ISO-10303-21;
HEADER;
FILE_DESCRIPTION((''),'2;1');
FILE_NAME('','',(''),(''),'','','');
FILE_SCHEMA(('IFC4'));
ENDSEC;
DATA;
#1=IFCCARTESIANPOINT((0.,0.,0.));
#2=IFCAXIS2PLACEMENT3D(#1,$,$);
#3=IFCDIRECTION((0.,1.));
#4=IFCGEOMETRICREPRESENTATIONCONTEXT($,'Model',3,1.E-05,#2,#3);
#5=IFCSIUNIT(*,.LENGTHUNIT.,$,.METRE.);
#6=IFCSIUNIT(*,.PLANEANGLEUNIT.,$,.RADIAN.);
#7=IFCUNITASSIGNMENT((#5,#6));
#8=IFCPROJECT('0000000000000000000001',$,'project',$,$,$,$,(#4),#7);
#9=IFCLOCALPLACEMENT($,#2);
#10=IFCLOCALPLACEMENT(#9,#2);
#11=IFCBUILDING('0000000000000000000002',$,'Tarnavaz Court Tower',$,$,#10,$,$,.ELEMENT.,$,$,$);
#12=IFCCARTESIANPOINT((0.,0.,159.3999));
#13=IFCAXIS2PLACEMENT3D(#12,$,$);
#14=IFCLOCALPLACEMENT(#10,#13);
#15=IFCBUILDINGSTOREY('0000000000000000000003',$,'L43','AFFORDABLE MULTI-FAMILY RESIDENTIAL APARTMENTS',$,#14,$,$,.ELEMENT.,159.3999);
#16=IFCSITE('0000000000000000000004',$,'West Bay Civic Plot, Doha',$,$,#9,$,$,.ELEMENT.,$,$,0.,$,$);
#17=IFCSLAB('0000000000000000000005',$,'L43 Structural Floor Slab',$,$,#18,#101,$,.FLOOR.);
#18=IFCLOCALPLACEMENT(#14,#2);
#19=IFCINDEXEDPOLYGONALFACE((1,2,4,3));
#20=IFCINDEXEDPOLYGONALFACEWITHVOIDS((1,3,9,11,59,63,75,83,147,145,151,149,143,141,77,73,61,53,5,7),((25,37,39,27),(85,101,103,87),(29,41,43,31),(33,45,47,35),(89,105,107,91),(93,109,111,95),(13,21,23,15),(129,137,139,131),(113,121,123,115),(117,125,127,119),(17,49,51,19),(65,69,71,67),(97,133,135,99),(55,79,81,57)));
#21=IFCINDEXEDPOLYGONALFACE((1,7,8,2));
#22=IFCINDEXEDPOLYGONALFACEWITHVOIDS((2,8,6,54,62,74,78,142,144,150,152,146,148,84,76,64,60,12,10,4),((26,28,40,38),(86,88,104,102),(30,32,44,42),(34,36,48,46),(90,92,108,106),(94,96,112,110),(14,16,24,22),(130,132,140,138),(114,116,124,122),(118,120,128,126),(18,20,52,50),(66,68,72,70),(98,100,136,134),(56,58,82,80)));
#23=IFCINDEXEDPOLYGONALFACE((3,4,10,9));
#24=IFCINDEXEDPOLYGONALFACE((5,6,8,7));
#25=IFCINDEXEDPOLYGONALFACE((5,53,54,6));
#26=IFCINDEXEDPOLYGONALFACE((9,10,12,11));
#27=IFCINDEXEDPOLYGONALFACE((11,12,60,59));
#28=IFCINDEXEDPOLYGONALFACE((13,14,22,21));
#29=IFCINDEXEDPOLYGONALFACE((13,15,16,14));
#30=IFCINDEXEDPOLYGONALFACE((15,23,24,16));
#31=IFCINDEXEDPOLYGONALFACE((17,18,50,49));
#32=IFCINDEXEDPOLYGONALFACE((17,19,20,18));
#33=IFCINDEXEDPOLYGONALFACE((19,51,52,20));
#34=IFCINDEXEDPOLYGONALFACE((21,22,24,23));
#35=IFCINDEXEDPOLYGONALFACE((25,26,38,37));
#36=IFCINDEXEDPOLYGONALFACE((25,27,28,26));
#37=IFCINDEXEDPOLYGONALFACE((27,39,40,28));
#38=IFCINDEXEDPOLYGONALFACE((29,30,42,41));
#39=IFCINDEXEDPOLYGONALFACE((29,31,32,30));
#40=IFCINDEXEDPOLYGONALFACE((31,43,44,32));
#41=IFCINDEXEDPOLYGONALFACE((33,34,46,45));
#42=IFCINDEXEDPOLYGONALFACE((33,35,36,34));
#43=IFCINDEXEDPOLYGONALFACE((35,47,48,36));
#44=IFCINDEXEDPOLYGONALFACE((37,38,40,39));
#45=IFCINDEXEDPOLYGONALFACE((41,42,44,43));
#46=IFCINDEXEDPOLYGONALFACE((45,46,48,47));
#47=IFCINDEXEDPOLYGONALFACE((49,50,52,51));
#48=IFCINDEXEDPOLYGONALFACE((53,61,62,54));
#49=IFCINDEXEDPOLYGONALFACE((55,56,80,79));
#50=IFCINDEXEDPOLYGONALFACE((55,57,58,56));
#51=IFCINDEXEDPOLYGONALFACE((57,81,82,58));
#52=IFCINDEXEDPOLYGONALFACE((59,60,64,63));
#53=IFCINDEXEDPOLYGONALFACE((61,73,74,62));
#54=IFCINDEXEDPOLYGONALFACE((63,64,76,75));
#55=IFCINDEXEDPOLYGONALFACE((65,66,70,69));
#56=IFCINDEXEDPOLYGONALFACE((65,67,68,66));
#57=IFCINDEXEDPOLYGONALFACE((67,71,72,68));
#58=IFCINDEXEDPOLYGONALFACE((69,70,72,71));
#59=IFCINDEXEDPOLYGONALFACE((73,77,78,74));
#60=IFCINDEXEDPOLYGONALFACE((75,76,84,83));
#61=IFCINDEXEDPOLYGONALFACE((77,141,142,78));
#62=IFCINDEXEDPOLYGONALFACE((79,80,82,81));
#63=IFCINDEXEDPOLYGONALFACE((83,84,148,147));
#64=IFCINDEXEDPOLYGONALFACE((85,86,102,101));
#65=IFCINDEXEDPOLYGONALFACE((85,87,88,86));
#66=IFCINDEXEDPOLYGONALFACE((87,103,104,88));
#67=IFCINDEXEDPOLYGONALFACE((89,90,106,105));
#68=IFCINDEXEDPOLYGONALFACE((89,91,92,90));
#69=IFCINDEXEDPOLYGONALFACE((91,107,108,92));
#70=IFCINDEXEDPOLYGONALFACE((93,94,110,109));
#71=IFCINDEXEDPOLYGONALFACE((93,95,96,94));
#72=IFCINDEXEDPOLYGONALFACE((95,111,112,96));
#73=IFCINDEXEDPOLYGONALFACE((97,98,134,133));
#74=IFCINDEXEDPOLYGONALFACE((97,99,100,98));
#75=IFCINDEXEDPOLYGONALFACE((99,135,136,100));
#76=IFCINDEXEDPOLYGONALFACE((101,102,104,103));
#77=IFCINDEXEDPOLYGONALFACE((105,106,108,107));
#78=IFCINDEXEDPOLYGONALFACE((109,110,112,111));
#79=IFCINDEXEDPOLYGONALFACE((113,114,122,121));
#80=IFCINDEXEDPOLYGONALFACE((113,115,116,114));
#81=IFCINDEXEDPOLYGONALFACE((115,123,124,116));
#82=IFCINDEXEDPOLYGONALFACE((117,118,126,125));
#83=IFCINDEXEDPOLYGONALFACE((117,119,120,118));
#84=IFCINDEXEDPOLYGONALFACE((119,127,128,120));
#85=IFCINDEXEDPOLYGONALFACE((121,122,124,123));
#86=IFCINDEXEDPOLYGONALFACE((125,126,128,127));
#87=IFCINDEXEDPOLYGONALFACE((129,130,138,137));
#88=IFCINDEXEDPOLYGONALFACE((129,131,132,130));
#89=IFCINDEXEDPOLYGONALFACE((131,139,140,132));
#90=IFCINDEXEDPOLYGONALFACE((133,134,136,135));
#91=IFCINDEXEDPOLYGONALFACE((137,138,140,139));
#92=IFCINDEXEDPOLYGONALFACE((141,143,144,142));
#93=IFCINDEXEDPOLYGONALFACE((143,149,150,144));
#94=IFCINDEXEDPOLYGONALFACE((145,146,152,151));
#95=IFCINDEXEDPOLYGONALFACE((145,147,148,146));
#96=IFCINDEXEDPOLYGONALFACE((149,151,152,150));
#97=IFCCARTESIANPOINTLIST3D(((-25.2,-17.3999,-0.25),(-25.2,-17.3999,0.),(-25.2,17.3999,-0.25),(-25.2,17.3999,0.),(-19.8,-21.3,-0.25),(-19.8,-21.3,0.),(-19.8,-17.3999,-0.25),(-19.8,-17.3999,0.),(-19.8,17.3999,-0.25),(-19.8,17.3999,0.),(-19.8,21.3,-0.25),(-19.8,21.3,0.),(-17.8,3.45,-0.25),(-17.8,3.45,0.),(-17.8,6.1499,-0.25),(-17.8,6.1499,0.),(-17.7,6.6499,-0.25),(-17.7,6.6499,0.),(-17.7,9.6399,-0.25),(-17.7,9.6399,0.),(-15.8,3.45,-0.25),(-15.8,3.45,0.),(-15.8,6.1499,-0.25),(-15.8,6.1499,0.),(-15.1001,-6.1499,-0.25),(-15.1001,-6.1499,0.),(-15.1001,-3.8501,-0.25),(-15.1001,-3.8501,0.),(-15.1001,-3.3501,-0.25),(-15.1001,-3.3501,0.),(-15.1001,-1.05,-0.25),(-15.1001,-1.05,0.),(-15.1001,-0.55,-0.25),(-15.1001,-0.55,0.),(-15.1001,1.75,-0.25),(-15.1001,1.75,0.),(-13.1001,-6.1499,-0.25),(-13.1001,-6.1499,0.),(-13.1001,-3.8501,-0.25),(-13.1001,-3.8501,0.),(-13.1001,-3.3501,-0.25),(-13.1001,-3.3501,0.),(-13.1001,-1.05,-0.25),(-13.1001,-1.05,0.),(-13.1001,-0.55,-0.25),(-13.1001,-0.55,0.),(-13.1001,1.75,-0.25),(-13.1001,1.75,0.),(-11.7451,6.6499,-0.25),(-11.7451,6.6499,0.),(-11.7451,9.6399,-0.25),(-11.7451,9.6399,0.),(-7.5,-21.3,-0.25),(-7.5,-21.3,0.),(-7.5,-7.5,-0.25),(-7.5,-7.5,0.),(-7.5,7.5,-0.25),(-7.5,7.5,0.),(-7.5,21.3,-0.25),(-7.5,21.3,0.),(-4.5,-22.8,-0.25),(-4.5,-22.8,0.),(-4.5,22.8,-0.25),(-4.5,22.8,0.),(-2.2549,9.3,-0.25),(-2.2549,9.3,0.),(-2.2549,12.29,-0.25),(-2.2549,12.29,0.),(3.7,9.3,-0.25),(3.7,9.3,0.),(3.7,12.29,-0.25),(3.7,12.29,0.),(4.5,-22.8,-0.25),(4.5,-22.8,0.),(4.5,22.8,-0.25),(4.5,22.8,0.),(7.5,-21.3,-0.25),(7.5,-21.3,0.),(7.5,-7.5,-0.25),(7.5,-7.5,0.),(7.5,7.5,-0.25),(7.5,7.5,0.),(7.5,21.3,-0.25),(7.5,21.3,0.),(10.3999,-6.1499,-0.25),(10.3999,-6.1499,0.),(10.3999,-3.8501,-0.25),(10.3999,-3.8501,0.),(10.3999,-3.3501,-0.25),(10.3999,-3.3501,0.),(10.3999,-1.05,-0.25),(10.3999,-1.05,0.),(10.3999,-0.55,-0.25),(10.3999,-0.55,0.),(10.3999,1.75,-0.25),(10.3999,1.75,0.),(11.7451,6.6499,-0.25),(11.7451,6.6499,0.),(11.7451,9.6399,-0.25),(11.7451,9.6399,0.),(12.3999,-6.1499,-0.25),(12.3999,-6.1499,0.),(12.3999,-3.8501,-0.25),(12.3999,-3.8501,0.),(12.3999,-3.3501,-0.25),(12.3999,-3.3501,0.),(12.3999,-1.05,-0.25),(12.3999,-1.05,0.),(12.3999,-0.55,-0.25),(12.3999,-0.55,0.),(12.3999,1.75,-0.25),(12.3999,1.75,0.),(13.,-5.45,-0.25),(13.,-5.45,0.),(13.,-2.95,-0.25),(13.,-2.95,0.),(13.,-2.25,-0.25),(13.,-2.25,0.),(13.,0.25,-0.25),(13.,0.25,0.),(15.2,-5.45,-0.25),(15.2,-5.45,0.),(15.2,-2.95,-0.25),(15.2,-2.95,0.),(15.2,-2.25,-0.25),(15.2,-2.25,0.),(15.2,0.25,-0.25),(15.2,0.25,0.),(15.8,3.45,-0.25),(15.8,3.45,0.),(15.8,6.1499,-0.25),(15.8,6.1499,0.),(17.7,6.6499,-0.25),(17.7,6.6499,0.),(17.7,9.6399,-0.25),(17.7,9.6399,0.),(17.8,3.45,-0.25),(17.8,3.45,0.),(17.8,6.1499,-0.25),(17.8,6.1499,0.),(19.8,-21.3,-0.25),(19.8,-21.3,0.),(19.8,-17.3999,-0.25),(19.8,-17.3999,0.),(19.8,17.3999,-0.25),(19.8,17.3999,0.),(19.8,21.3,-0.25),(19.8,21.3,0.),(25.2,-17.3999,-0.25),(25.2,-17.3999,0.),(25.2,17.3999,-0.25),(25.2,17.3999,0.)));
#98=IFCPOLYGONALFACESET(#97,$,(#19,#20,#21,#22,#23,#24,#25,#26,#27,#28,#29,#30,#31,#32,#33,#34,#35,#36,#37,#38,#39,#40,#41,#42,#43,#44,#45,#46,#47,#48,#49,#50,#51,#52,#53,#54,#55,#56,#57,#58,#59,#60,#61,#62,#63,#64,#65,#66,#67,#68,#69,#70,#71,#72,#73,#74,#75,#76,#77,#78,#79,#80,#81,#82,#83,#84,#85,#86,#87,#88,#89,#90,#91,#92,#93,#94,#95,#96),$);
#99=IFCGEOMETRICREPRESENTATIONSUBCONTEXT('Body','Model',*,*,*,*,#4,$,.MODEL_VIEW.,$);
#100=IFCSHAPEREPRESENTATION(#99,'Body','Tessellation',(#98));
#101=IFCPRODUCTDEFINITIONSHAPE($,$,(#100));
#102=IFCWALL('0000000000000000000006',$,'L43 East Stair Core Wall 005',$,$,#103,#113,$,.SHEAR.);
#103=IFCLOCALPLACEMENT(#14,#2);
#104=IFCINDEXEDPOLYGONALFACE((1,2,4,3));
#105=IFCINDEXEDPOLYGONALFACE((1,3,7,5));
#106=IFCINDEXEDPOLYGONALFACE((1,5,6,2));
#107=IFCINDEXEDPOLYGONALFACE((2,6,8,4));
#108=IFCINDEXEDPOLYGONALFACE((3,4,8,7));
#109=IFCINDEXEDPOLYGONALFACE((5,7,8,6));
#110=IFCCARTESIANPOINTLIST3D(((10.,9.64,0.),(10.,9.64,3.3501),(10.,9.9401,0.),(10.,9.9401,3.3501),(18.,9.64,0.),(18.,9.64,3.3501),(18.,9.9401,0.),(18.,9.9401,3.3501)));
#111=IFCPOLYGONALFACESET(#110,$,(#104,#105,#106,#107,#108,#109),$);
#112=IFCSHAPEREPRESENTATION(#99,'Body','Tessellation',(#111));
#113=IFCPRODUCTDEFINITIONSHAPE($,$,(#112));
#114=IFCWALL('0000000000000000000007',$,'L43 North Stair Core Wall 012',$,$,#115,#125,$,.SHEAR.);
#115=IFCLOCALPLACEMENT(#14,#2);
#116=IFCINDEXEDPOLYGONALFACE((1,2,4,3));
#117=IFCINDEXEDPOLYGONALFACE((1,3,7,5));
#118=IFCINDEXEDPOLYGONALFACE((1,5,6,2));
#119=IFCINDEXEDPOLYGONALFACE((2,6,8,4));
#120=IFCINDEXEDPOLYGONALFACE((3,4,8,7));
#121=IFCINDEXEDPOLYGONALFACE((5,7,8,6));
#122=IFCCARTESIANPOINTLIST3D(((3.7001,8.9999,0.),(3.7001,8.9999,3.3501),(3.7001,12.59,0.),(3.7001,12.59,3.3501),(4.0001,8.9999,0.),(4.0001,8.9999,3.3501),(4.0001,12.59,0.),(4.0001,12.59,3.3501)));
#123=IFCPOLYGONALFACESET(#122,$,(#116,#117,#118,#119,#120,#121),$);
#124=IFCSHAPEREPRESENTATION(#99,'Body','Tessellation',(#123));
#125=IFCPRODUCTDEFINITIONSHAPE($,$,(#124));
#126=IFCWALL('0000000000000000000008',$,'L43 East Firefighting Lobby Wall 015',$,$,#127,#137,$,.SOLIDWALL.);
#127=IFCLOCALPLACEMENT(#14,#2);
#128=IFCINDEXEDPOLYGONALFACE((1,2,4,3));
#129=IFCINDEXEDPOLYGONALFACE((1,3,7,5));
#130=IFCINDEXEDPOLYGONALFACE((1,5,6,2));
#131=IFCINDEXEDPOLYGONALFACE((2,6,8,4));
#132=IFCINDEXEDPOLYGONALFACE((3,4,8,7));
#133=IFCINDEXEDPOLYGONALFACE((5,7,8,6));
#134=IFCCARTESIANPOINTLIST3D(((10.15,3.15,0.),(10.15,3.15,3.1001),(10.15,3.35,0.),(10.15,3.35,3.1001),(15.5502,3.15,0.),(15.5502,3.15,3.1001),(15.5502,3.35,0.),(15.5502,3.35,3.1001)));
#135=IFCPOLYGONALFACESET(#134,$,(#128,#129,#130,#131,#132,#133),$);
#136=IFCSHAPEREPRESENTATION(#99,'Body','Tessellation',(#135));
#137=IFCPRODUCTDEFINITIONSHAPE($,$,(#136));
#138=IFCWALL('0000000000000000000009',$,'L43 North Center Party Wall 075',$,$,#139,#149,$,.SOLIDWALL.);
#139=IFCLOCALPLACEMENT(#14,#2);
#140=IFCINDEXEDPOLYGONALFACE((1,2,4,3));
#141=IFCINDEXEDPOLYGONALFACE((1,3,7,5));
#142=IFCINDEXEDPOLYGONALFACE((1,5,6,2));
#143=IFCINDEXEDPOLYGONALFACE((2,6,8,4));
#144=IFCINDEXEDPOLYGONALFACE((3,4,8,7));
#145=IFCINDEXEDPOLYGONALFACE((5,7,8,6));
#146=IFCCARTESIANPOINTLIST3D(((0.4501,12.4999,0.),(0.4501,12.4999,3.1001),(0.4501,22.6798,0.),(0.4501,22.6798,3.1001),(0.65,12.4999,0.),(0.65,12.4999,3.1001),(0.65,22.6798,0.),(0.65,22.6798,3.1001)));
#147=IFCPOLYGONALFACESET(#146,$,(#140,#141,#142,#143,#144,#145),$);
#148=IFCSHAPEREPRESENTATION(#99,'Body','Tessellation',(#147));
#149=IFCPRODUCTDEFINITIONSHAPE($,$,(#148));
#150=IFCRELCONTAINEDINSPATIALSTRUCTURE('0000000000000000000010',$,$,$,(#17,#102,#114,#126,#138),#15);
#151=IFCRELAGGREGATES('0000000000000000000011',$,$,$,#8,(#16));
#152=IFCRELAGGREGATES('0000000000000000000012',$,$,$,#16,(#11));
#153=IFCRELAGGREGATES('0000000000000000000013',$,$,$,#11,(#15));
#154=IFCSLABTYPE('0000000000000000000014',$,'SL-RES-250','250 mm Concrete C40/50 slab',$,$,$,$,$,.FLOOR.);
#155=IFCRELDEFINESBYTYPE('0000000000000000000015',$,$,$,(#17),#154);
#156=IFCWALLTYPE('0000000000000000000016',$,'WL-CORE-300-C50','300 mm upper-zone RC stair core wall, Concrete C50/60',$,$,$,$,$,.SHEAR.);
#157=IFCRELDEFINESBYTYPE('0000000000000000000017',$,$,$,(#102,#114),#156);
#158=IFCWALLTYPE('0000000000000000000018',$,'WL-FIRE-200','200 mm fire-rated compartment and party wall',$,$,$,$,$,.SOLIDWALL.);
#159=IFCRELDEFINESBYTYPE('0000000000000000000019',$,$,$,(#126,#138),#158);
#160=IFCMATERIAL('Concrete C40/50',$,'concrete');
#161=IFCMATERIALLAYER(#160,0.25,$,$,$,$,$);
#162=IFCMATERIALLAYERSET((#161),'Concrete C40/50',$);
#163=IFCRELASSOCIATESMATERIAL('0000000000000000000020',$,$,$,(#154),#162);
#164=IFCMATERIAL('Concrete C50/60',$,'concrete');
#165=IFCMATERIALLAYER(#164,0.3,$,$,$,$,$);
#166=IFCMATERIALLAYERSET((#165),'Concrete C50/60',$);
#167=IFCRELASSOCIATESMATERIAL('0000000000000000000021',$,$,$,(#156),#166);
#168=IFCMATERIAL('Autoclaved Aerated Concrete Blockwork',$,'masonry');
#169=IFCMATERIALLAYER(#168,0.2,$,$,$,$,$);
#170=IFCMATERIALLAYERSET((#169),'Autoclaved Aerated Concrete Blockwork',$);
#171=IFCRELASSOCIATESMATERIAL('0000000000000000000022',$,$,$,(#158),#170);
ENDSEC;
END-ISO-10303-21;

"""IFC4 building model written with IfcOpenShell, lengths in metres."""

from ifc_helpers import new_model, si_unit, direction, frame, frame_2d, origin, place, context, subcontext, project, spatial, polyline, rectangle, outline, extrude, material, layer, layer_set, type_object, element, save


model = new_model("IFC4")

# Units and contexts
model_context = context("Model", 3, precision=1e-05, world=origin(), true_north=direction((0.0, 1.0)))
body_context = subcontext(model_context, "Body", "Model", "MODEL_VIEW")
ifc_project = project(units=[si_unit("LENGTHUNIT", "METRE"), si_unit("PLANEANGLEUNIT", "RADIAN")], contexts=[model_context])

# Site, building, storey
site_placement = place(None, origin())
site = spatial("IfcSite", under=ifc_project, at=site_placement, Name="West Bay Civic Plot, Doha", CompositionType="ELEMENT", RefElevation=0.0)
building_placement = place(site_placement, origin())
building = spatial("IfcBuilding", under=site, at=building_placement, Name="Tarnavaz Court Tower", CompositionType="ELEMENT")
storey_placement = place(building_placement, frame((0.0, 0.0, 159.3999)))
storey = spatial("IfcBuildingStorey", under=building, at=storey_placement, Name="L43", Description="AFFORDABLE MULTI-FAMILY RESIDENTIAL APARTMENTS", CompositionType="ELEMENT", Elevation=159.3999)

# Shared definitions
ifc_material_1 = material(Name="Concrete C40/50", Category="concrete")

# Slab
ifc_layer_1 = layer(ifc_material_1, 0.25)
ifc_layer_set_1 = layer_set([ifc_layer_1], Name="Concrete C40/50")
slab_type_1 = type_object("IfcSlabType", Name="SL-RES-250", Description="250 mm Concrete C40/50 slab", PredefinedType="FLOOR", material=ifc_layer_set_1)
slab_1_placement = place(storey_placement, frame((0.0, 0.0, -0.25)))
element("IfcSlab", 1, at=slab_1_placement, inside=storey, type_object=slab_type_1, Name="L43 Structural Floor Slab", PredefinedType="FLOOR", context=body_context, shape_type="SweptSolid", body=[
    extrude(outline(polyline([(-19.8, -21.3), (-7.5, -21.3), (-4.5, -22.8), (4.5, -22.8), (7.5, -21.3), (19.8, -21.3), (19.8, -17.3999), (25.2, -17.3999), (25.2, 17.3999), (19.8, 17.3999), (19.8, 21.3), (7.5, 21.3), (4.5, 22.8), (-4.5, 22.8), (-7.5, 21.3), (-19.8, 21.3), (-19.8, 17.3999), (-25.2, 17.3999), (-25.2, -17.3999), (-19.8, -17.3999), (-19.8, -21.3)]), holes=[polyline([(-7.5, -7.5), (7.5, -7.5), (7.5, 7.5), (-7.5, 7.5), (-7.5, -7.5)]), polyline([(-11.7451, 9.6399), (-17.7, 9.6399), (-17.7, 6.6499), (-11.7451, 6.6499), (-11.7451, 9.6399)]), polyline([(11.7451, 6.6499), (17.7, 6.6499), (17.7, 9.6399), (11.7451, 9.6399), (11.7451, 6.6499)]), polyline([(-2.2549, 9.3), (3.7, 9.3), (3.7, 12.29), (-2.2549, 12.29), (-2.2549, 9.3)]), polyline([(-17.8, 3.45), (-15.8, 3.45), (-15.8, 6.1499), (-17.8, 6.1499), (-17.8, 3.45)]), polyline([(-15.1001, -6.1499), (-13.1001, -6.1499), (-13.1001, -3.8501), (-15.1001, -3.8501), (-15.1001, -6.1499)]), polyline([(-15.1001, -3.3501), (-13.1001, -3.3501), (-13.1001, -1.05), (-15.1001, -1.05), (-15.1001, -3.3501)]), polyline([(-15.1001, -0.55), (-13.1001, -0.55), (-13.1001, 1.75), (-15.1001, 1.75), (-15.1001, -0.55)]), polyline([(15.8, 3.45), (17.8, 3.45), (17.8, 6.1499), (15.8, 6.1499), (15.8, 3.45)]), polyline([(10.3999, -6.1499), (12.3999, -6.1499), (12.3999, -3.8501), (10.3999, -3.8501), (10.3999, -6.1499)]), polyline([(10.3999, -3.3501), (12.3999, -3.3501), (12.3999, -1.05), (10.3999, -1.05), (10.3999, -3.3501)]), polyline([(10.3999, -0.55), (12.3999, -0.55), (12.3999, 1.75), (10.3999, 1.75), (10.3999, -0.55)]), polyline([(13.0, -5.45), (15.2, -5.45), (15.2, -2.95), (13.0, -2.95), (13.0, -5.45)]), polyline([(13.0, -2.25), (15.2, -2.25), (15.2, 0.25), (13.0, 0.25), (13.0, -2.25)])]), origin(), (0.0, 0.0, 1.0), 0.25),
])

# Wall
ifc_material_2 = material(Name="Concrete C50/60", Category="concrete")
ifc_layer_2 = layer(ifc_material_2, 0.3)
ifc_layer_set_2 = layer_set([ifc_layer_2], Name="Concrete C50/60")
wall_type_1 = type_object("IfcWallType", Name="WL-CORE-300-C50", Description="300 mm upper-zone RC stair core wall, Concrete C50/60", PredefinedType="SHEAR", material=ifc_layer_set_2)
wall_1_placement = place(storey_placement, frame((10.0, 9.79, 0.0), z_axis=(0.0, 0.0, 1.0), x_axis=(1.0, 0.0, 0.0)))
element("IfcWall", 2, at=wall_1_placement, inside=storey, type_object=wall_type_1, Name="L43 East Stair Core Wall 005", PredefinedType="SHEAR", context=body_context, shape_type="SweptSolid", body=[
    extrude(rectangle(XDim=8.0, YDim=0.3, at=frame_2d((4.0, 0.0))), origin(), (0.0, 0.0, 1.0), 3.3501),
])

# Walls
wall_2_placement = place(storey_placement, frame((3.8501, 9.0, 0.0), z_axis=(0.0, 0.0, 1.0), x_axis=(0.0, 1.0, 0.0)))
element("IfcWall", 3, at=wall_2_placement, inside=storey, type_object=wall_type_1, Name="L43 North Stair Core Wall 012", PredefinedType="SHEAR", context=body_context, shape_type="SweptSolid", body=[
    extrude(rectangle(XDim=3.5901, YDim=0.3, at=frame_2d((1.7949, 0.0))), origin(), (0.0, 0.0, 1.0), 3.3501),
])
ifc_material_3 = material(Name="Autoclaved Aerated Concrete Blockwork", Category="masonry")
ifc_layer_3 = layer(ifc_material_3, 0.2)
ifc_layer_set_3 = layer_set([ifc_layer_3], Name="Autoclaved Aerated Concrete Blockwork")
wall_type_2 = type_object("IfcWallType", Name="WL-FIRE-200", Description="200 mm fire-rated compartment and party wall", PredefinedType="SOLIDWALL", material=ifc_layer_set_3)
wall_3_placement = place(storey_placement, frame((10.1499, 3.25, 0.0), z_axis=(0.0, 0.0, 1.0), x_axis=(1.0, 0.0, 0.0)))
element("IfcWall", 4, at=wall_3_placement, inside=storey, type_object=wall_type_2, Name="L43 East Firefighting Lobby Wall 015", PredefinedType="SOLIDWALL", context=body_context, shape_type="SweptSolid", body=[
    extrude(rectangle(XDim=5.4001, YDim=0.2, at=frame_2d((2.7002, 0.0))), origin(), (0.0, 0.0, 1.0), 3.1001),
])
wall_4_placement = place(storey_placement, frame((0.55, 12.5, 0.0), z_axis=(0.0, 0.0, 1.0), x_axis=(0.0, 1.0, 0.0)))
element("IfcWall", 5, at=wall_4_placement, inside=storey, type_object=wall_type_2, Name="L43 North Center Party Wall 075", PredefinedType="SOLIDWALL", context=body_context, shape_type="SweptSolid", body=[
    extrude(rectangle(XDim=10.1799, YDim=0.2, at=frame_2d((5.0898, 0.0))), origin(), (0.0, 0.0, 1.0), 3.1001),
])

save(model, "model.ifc")
